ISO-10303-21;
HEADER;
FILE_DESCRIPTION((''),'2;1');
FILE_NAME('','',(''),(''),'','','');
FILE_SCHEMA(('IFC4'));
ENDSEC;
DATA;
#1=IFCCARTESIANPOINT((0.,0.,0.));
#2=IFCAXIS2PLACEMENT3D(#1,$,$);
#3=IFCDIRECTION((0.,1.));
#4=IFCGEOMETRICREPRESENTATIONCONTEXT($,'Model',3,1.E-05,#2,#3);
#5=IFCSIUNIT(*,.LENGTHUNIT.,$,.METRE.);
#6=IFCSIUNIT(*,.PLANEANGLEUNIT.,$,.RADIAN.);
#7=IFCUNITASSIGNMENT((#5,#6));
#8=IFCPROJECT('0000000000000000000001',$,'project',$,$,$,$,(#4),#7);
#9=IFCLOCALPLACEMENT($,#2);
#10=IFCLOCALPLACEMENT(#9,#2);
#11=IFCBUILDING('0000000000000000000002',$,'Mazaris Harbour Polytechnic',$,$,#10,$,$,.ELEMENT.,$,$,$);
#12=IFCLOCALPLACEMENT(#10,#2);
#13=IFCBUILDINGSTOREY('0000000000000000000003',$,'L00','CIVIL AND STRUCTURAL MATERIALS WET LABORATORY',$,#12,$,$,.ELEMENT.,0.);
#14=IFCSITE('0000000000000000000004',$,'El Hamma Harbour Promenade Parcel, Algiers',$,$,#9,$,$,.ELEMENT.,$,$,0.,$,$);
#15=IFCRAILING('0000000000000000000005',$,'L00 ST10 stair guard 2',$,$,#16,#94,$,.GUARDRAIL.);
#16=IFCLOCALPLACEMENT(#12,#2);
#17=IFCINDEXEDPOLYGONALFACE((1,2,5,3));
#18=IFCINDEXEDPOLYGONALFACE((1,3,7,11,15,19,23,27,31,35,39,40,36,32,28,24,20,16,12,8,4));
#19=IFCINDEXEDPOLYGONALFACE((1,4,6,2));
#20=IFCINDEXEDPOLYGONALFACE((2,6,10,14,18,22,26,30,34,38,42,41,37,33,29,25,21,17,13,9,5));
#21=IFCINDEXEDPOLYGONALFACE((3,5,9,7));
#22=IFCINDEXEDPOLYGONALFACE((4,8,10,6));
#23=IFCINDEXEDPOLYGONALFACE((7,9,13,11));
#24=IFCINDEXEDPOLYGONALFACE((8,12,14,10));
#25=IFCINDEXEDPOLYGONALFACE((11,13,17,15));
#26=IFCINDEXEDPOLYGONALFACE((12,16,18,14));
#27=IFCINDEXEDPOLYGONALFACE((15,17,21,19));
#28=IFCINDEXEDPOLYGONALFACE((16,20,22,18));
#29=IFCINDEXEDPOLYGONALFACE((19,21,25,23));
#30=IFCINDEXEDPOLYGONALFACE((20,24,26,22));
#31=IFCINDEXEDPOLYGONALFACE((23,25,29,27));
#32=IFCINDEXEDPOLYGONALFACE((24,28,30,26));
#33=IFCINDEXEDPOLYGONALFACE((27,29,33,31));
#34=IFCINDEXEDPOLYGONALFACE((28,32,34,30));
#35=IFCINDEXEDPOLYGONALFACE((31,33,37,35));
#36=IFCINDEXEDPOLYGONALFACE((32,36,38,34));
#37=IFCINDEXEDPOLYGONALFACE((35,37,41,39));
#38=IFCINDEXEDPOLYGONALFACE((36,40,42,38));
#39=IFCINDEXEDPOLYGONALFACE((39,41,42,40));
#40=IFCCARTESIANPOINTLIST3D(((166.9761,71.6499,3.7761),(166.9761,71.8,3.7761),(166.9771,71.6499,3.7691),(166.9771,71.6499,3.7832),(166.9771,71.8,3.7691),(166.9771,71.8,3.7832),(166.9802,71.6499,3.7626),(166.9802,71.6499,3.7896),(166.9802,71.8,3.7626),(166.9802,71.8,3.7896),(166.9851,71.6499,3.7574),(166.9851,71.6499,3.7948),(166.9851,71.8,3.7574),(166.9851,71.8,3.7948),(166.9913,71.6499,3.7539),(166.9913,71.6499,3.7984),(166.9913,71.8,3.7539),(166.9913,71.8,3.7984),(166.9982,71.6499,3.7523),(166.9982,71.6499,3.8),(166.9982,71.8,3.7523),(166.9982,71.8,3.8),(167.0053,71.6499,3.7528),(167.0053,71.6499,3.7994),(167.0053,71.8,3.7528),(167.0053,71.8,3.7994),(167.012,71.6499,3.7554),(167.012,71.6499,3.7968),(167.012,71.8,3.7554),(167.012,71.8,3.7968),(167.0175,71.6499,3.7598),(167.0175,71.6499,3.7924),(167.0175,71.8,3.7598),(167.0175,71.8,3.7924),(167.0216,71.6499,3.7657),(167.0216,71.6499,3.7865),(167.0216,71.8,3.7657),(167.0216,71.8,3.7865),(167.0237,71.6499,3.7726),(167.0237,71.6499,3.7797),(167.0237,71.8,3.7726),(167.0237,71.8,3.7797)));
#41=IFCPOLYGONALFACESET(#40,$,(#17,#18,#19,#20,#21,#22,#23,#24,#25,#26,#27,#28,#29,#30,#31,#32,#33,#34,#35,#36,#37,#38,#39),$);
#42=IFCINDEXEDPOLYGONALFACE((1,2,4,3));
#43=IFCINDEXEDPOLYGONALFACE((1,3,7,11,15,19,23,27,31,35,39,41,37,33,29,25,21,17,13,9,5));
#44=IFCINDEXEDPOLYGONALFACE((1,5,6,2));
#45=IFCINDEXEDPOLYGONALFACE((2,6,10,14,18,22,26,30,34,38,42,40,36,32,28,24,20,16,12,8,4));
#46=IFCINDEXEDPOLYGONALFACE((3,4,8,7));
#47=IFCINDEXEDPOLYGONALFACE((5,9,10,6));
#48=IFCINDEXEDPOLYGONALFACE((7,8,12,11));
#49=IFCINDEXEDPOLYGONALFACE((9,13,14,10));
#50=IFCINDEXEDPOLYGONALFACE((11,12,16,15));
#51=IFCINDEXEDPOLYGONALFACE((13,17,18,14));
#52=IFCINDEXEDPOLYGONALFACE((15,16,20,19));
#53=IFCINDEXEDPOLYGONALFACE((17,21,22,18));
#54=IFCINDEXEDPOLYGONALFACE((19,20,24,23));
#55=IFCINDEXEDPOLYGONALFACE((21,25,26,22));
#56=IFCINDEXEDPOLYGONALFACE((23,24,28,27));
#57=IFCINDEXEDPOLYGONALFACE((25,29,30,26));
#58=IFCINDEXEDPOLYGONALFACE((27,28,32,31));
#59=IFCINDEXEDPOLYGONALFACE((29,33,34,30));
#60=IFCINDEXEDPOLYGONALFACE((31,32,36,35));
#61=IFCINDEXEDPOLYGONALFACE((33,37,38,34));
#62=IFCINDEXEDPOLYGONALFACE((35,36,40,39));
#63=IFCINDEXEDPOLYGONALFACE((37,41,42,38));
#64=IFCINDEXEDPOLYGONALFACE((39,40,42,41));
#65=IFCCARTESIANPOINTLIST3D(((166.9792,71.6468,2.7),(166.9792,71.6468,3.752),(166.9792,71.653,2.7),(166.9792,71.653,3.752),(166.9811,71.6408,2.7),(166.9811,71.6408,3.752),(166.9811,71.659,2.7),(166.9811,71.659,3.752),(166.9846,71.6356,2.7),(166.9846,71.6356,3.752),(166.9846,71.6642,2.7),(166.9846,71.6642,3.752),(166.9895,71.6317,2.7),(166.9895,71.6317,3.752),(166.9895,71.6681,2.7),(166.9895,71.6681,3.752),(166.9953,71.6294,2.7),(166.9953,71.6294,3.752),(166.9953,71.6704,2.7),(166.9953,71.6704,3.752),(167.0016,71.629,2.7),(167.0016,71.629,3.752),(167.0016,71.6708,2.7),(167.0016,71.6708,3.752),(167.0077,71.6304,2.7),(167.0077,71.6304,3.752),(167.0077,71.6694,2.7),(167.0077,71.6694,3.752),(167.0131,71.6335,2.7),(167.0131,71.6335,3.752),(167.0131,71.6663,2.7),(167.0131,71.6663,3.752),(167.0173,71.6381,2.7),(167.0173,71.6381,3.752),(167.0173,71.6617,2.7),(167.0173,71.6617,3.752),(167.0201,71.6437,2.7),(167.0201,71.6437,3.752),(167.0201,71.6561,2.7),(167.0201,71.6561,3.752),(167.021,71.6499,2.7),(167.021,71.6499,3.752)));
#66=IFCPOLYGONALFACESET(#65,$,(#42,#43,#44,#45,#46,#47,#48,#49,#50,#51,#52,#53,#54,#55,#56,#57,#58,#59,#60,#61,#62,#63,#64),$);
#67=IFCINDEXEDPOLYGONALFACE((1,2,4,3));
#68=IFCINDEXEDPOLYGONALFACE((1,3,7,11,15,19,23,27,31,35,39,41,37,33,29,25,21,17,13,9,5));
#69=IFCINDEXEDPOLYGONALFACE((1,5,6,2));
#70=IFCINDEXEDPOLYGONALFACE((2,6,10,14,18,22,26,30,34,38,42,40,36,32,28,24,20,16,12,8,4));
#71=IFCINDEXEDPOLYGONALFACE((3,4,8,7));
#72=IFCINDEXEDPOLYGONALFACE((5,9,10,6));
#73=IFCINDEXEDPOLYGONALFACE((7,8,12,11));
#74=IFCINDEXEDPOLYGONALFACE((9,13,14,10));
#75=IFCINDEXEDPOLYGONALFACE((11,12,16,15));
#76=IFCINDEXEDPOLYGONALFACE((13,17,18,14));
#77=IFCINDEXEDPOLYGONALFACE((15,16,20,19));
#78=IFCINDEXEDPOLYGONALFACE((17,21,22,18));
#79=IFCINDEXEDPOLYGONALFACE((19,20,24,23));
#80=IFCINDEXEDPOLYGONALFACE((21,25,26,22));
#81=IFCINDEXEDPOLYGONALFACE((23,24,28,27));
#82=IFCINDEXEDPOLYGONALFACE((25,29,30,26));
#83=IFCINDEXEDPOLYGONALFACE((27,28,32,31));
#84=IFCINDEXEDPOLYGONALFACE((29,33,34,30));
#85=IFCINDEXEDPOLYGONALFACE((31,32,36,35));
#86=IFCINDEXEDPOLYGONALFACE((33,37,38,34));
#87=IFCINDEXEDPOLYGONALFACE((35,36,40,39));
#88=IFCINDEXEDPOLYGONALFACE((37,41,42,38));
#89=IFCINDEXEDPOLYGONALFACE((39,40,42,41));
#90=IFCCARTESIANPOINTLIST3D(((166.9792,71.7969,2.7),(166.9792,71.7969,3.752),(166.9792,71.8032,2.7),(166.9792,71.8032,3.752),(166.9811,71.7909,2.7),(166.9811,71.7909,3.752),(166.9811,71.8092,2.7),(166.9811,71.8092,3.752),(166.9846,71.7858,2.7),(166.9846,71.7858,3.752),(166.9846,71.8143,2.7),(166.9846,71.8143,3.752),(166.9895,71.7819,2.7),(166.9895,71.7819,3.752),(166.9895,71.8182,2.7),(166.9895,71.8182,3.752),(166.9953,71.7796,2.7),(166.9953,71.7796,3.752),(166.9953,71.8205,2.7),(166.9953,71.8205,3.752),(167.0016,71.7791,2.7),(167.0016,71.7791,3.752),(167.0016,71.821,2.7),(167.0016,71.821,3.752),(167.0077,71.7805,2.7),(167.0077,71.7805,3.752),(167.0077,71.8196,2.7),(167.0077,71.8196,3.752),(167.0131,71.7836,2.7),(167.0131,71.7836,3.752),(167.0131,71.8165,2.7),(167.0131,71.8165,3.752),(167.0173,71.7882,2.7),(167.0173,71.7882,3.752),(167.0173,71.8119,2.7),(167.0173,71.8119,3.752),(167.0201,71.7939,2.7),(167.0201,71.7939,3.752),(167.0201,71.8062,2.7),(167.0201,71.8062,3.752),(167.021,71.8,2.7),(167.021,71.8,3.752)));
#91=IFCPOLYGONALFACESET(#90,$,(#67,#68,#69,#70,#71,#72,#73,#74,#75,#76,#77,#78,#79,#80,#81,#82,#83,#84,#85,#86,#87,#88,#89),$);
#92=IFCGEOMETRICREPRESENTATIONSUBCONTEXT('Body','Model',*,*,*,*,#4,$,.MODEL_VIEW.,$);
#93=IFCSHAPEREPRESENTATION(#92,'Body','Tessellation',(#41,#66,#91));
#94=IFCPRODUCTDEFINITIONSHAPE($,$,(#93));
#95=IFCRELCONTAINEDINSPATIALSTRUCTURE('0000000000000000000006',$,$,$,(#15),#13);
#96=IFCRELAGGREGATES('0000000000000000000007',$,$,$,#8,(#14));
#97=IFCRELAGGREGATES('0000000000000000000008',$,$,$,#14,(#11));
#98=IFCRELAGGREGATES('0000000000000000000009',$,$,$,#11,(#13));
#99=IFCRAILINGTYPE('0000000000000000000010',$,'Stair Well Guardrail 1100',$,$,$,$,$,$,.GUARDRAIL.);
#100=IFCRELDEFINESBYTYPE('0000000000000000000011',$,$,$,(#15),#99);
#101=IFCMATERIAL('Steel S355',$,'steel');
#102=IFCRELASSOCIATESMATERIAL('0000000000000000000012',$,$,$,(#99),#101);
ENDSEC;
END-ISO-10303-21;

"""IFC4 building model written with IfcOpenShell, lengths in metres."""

from ifc_helpers import new_model, si_unit, direction, frame, origin, origin_2d, place, context, subcontext, project, spatial, circle, extrude, material, type_object, element, save


model = new_model("IFC4")

# Units and contexts
model_context = context("Model", 3, precision=1e-05, world=origin(), true_north=direction((0.0, 1.0)))
body_context = subcontext(model_context, "Body", "Model", "MODEL_VIEW")
ifc_project = project(units=[si_unit("LENGTHUNIT", "METRE"), si_unit("PLANEANGLEUNIT", "RADIAN")], contexts=[model_context])

# Site, building, storey
site_placement = place(None, origin())
site = spatial("IfcSite", under=ifc_project, at=site_placement, Name="El Hamma Harbour Promenade Parcel, Algiers", CompositionType="ELEMENT", RefElevation=0.0)
building_placement = place(site_placement, origin())
building = spatial("IfcBuilding", under=site, at=building_placement, Name="Mazaris Harbour Polytechnic", CompositionType="ELEMENT")
storey_placement = place(building_placement, origin())
storey = spatial("IfcBuildingStorey", under=building, at=storey_placement, Name="L00", Description="CIVIL AND STRUCTURAL MATERIALS WET LABORATORY", CompositionType="ELEMENT", Elevation=0.0)

# Railing
ifc_material_1 = material(Name="Steel S355", Category="steel")
railing_type_1 = type_object("IfcRailingType", Name="Stair Well Guardrail 1100", PredefinedType="GUARDRAIL", material=ifc_material_1)
railing_1_placement = place(storey_placement, frame((167.0, 71.6499, 2.7)))
element("IfcRailing", 1, at=railing_1_placement, inside=storey, type_object=railing_type_1, Name="L00 ST10 stair guard 2", PredefinedType="GUARDRAIL", context=body_context, shape_type="SweptSolid", body=[
    extrude(circle(Radius=0.0239, at=origin_2d()), frame((0.0, 0.0, 1.0762), z_axis=(0.0, 1.0, 0.0), x_axis=(-1.0, 0.0, 0.0)), (0.0, 0.0, 1.0), 0.1501),
    extrude(circle(Radius=0.021, at=origin_2d()), origin(), (0.0, 0.0, 1.0), 1.052),
    extrude(circle(Radius=0.021, at=origin_2d()), frame((0.0, 0.1501, 0.0)), (0.0, 0.0, 1.0), 1.052),
])

save(model, "model.ifc")
